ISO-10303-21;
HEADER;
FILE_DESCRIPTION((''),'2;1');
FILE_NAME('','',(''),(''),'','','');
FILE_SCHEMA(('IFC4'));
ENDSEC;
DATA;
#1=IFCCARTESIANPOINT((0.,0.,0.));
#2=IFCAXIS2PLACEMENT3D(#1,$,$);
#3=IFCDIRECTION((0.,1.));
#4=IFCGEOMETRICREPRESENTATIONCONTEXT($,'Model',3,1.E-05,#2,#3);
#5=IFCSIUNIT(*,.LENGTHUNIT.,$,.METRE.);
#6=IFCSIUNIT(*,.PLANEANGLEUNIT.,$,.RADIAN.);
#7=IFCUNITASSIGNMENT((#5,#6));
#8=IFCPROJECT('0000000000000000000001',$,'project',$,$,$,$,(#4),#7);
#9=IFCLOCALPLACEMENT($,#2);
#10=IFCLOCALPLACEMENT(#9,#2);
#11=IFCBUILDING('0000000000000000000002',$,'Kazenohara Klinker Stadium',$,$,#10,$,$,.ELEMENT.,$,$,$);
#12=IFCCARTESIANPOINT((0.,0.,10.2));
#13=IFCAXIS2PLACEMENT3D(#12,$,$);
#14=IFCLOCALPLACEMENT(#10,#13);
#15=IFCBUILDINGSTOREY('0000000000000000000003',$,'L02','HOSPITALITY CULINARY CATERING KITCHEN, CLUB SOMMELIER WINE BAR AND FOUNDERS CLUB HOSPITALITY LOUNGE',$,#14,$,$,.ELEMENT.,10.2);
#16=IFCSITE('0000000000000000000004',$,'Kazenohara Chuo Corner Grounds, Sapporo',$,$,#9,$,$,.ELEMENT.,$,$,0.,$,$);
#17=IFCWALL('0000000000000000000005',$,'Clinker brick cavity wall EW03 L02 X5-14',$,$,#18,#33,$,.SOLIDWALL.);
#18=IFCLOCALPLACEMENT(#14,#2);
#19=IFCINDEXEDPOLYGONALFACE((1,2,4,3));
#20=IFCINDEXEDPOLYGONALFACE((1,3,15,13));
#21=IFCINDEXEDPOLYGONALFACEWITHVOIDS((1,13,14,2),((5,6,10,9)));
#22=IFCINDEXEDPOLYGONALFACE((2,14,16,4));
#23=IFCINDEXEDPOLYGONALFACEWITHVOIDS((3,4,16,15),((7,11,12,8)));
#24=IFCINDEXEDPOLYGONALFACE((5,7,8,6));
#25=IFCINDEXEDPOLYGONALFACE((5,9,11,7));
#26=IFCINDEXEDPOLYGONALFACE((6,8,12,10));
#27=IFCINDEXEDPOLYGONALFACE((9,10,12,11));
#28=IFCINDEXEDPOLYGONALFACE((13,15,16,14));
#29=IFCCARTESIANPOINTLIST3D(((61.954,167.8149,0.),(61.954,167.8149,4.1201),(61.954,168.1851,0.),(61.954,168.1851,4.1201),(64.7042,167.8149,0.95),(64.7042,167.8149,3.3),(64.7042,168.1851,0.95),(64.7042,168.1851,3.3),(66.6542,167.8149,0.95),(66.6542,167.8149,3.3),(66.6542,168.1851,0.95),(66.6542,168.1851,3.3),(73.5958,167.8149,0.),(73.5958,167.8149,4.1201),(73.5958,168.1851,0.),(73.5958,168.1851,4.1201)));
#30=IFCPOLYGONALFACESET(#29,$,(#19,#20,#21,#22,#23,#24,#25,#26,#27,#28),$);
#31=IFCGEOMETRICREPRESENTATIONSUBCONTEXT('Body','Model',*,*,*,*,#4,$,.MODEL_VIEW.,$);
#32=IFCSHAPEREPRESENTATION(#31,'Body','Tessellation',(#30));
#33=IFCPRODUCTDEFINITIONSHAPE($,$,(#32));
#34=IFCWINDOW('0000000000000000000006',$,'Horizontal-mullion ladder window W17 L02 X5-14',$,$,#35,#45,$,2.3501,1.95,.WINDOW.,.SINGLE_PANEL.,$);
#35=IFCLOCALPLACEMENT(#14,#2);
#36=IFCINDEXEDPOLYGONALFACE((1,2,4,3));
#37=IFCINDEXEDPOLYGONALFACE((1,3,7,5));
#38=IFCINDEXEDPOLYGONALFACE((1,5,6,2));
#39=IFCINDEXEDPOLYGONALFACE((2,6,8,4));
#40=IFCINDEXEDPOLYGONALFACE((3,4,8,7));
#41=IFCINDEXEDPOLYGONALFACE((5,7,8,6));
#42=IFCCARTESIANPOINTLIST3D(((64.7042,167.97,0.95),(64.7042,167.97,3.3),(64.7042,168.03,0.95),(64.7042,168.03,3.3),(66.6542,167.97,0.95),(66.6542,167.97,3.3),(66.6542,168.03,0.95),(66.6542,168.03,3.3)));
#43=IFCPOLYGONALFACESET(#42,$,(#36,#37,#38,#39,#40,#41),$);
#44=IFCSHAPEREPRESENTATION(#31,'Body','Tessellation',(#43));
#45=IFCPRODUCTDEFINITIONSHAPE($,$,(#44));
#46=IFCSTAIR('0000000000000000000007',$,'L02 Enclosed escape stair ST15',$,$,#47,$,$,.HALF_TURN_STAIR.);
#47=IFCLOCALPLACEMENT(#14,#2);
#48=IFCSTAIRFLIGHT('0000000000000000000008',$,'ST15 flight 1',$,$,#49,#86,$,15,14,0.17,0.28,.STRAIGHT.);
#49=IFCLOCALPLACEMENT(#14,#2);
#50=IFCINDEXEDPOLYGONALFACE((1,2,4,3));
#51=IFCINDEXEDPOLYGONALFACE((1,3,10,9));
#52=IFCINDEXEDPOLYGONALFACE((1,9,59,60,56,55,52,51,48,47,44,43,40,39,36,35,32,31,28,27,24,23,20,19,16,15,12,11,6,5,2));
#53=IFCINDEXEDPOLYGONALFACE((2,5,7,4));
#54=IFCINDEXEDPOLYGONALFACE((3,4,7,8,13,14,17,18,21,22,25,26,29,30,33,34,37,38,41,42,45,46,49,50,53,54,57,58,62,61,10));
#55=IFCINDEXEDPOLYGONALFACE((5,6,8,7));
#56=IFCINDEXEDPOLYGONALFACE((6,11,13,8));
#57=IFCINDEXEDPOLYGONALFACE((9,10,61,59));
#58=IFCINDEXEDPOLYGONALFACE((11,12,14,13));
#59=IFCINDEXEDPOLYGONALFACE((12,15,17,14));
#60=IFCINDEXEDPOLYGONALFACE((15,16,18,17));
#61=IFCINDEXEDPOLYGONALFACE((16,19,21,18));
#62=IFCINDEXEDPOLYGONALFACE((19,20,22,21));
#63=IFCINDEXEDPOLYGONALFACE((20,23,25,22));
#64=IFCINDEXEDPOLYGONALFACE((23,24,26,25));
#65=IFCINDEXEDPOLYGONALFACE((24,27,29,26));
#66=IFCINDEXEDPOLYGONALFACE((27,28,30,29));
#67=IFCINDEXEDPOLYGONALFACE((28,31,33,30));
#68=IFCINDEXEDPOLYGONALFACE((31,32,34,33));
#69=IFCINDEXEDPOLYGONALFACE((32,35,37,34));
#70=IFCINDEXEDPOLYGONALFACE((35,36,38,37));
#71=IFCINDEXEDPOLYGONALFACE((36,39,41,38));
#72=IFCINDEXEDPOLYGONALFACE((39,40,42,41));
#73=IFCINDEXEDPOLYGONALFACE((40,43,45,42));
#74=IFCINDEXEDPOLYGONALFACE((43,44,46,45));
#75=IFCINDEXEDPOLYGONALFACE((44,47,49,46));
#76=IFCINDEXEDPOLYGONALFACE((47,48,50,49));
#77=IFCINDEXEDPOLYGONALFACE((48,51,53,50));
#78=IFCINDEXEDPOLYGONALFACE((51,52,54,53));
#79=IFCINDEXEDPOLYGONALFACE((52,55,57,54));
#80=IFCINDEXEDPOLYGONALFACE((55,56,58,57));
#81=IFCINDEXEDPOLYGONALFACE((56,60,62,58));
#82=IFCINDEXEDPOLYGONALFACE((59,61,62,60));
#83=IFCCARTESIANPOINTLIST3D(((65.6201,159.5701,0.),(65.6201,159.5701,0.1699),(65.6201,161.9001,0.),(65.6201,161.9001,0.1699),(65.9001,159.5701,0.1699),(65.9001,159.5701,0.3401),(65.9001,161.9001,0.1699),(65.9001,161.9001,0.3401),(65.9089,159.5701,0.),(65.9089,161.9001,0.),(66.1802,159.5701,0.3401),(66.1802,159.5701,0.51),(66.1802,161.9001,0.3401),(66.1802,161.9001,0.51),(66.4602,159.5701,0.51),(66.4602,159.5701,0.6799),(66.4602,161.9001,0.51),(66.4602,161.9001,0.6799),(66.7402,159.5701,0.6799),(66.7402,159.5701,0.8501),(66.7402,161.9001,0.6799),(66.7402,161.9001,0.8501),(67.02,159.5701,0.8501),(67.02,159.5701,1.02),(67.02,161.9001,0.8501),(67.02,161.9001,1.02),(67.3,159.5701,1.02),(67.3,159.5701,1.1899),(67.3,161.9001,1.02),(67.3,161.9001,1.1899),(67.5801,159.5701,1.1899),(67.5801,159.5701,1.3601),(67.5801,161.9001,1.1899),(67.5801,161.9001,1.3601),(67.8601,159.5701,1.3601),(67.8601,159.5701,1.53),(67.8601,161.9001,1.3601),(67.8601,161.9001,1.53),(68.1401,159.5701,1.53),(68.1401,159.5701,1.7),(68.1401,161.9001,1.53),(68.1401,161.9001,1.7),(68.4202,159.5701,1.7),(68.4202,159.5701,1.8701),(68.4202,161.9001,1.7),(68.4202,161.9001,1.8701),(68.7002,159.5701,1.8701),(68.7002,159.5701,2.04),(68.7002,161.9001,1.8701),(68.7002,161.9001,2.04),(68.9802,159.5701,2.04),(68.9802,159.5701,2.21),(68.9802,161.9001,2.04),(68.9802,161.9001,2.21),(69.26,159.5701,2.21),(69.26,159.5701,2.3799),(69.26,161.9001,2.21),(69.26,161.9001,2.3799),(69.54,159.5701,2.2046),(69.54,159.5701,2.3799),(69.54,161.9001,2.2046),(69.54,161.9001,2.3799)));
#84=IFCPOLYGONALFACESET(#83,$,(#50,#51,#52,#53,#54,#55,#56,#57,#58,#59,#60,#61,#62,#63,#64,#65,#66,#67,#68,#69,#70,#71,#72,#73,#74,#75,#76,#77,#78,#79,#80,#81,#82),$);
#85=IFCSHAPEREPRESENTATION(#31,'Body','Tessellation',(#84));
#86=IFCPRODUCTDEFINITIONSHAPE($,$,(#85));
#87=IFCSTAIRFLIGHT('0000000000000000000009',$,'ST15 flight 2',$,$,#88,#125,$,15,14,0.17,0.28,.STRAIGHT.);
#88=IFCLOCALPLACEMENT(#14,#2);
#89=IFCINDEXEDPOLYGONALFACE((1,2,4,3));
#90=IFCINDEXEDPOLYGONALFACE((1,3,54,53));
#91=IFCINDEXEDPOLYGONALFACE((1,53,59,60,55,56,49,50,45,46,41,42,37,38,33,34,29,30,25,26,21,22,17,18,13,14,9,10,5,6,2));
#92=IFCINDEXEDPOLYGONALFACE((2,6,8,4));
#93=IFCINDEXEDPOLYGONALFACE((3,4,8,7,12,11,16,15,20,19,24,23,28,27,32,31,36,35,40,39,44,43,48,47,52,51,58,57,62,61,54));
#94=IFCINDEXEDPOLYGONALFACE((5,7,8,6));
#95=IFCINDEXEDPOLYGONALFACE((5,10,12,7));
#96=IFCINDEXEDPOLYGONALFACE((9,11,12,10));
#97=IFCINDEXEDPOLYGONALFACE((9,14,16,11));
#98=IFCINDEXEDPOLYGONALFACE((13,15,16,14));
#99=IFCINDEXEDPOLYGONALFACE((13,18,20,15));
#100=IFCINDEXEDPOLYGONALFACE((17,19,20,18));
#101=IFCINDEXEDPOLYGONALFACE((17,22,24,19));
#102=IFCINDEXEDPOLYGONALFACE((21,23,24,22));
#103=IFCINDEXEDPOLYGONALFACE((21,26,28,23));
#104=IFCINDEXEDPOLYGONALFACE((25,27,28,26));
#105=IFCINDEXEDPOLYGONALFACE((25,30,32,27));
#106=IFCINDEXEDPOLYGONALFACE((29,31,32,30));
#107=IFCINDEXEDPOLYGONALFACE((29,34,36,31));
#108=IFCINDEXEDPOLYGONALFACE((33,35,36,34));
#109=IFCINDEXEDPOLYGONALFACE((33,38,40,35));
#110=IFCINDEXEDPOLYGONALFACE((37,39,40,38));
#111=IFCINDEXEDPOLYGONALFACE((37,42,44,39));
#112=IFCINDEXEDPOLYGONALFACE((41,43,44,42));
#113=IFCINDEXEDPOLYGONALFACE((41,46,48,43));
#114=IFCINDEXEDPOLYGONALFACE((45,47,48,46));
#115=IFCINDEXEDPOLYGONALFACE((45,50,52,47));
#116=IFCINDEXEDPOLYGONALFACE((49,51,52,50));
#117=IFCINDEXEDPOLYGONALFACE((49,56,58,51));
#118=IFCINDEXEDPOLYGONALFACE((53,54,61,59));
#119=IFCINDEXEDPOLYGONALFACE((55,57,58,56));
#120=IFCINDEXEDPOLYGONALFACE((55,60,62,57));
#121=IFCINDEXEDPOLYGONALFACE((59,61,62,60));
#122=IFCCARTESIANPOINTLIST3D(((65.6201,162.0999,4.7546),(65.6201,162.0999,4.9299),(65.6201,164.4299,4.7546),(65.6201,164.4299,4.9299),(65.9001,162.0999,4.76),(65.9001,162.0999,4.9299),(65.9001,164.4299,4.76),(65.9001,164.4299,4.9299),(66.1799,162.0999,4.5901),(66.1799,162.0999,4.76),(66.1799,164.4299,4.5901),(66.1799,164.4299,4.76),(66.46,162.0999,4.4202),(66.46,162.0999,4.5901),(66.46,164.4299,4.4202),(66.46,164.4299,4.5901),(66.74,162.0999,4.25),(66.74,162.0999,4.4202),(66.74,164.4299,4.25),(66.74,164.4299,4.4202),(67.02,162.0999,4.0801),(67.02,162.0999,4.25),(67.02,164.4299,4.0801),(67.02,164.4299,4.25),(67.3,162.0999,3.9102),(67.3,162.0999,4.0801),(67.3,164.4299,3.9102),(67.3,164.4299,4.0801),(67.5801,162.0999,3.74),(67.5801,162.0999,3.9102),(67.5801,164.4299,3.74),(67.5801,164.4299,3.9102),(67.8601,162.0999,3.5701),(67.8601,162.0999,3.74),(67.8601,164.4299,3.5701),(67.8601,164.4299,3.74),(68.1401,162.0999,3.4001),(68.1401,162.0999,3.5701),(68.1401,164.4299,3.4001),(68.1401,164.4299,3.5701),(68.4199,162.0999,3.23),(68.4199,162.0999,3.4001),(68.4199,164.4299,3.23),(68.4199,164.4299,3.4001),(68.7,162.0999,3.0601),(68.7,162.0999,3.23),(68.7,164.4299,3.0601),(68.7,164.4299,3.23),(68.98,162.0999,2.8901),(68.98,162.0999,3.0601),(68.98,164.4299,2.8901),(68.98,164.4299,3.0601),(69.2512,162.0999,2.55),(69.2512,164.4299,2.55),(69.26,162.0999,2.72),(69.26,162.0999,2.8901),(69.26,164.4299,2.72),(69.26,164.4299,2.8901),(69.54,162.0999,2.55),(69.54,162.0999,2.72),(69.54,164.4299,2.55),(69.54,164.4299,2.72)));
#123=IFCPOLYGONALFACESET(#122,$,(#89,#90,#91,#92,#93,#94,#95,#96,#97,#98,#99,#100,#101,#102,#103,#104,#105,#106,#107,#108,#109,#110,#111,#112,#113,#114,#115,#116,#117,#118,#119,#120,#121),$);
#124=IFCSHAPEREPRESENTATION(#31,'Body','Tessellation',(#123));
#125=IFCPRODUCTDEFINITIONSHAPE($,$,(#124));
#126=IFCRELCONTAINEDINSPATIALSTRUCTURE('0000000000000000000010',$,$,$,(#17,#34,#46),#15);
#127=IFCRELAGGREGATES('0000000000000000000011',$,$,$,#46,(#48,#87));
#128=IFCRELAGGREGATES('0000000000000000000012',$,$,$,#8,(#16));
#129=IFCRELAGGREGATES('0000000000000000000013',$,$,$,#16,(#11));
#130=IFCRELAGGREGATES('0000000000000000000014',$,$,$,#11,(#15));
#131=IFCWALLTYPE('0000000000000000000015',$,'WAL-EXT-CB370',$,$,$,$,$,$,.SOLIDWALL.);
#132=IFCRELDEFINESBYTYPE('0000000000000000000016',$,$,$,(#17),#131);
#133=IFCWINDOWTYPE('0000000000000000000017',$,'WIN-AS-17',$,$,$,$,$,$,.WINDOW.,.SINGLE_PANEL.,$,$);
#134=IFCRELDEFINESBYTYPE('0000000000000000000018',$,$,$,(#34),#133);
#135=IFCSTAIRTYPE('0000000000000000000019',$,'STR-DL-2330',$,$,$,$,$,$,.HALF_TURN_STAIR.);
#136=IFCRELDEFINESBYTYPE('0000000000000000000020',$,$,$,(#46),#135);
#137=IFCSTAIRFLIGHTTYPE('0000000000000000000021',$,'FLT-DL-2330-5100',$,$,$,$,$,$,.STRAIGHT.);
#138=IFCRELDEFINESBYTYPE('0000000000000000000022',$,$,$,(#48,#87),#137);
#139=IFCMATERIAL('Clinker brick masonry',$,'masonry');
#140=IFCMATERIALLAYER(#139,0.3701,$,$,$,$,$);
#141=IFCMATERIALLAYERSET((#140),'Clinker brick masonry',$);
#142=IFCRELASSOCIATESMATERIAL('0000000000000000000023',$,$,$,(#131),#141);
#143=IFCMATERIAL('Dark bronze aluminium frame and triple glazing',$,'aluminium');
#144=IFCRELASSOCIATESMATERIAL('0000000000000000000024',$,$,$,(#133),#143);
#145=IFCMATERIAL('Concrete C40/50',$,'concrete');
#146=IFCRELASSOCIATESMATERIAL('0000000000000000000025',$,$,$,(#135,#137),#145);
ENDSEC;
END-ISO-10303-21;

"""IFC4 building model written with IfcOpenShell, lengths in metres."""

from ifc_helpers import new_model, si_unit, direction, frame, frame_2d, origin, place, context, subcontext, project, spatial, polyline, rectangle, outline, extrude, material, layer, layer_set, type_object, element, fill, aggregate, save


model = new_model("IFC4")

# Units and contexts
model_context = context("Model", 3, precision=1e-05, world=origin(), true_north=direction((0.0, 1.0)))
body_context = subcontext(model_context, "Body", "Model", "MODEL_VIEW")
ifc_project = project(units=[si_unit("LENGTHUNIT", "METRE"), si_unit("PLANEANGLEUNIT", "RADIAN")], contexts=[model_context])

# Site, building, storey
site_placement = place(None, origin())
site = spatial("IfcSite", under=ifc_project, at=site_placement, Name="Kazenohara Chuo Corner Grounds, Sapporo", CompositionType="ELEMENT", RefElevation=0.0)
building_placement = place(site_placement, origin())
building = spatial("IfcBuilding", under=site, at=building_placement, Name="Kazenohara Klinker Stadium", CompositionType="ELEMENT")
storey_placement = place(building_placement, frame((0.0, 0.0, 10.2)))
storey = spatial("IfcBuildingStorey", under=building, at=storey_placement, Name="L02", Description="HOSPITALITY CULINARY CATERING KITCHEN, CLUB SOMMELIER WINE BAR AND FOUNDERS CLUB HOSPITALITY LOUNGE", CompositionType="ELEMENT", Elevation=10.2)

# Shared definitions
ifc_material_1 = material(Name="Concrete C40/50", Category="concrete")

# Wall, opening, window
ifc_material_2 = material(Name="Clinker brick masonry", Category="masonry")
ifc_layer_1 = layer(ifc_material_2, 0.3701)
ifc_layer_set_1 = layer_set([ifc_layer_1], Name="Clinker brick masonry")
wall_type_1 = type_object("IfcWallType", Name="WAL-EXT-CB370", PredefinedType="SOLIDWALL", material=ifc_layer_set_1)
wall_1_placement = place(storey_placement, frame((61.9541, 168.0, 0.0), z_axis=(0.0, 0.0, 1.0), x_axis=(1.0, 0.0, 0.0)))
wall_1 = element("IfcWall", 1, at=wall_1_placement, inside=storey, type_object=wall_type_1, Name="Clinker brick cavity wall EW03 L02 X5-14", PredefinedType="SOLIDWALL", context=body_context, shape_type="SweptSolid", body=[
    extrude(rectangle(XDim=11.6418, YDim=0.3701, at=frame_2d((5.8208, 0.0))), origin(), (0.0, 0.0, 1.0), 4.1201),
])
opening_1_placement = place(wall_1_placement, frame((2.75, 0.0, 0.95)))
opening_1 = element("IfcOpeningElement", 2, at=opening_1_placement, cuts=wall_1, PredefinedType="OPENING", context=body_context, shape_type="SweptSolid", body=[
    extrude(rectangle(XDim=1.95, YDim=2.3501, at=frame_2d((0.9751, 1.175))), frame((0.0, 0.1951, 0.0), z_axis=(0.0, -1.0, 0.0), x_axis=(1.0, 0.0, 0.0)), (0.0, 0.0, 1.0), 0.3901),
])
ifc_material_3 = material(Name="Dark bronze aluminium frame and triple glazing", Category="aluminium")
window_type = type_object("IfcWindowType", Name="WIN-AS-17", PartitioningType="SINGLE_PANEL", PredefinedType="WINDOW", material=ifc_material_3)
window_placement = place(opening_1_placement, origin())
window = element("IfcWindow", 3, at=window_placement, inside=storey, type_object=window_type, Name="Horizontal-mullion ladder window W17 L02 X5-14", OverallHeight=2.3501, OverallWidth=1.95, PartitioningType="SINGLE_PANEL", PredefinedType="WINDOW", context=body_context, shape_type="SweptSolid", body=[
    extrude(rectangle(XDim=1.95, YDim=2.3501, at=frame_2d((0.9751, 1.175))), frame((0.0, 0.03, 0.0), z_axis=(0.0, -1.0, 0.0), x_axis=(1.0, 0.0, 0.0)), (0.0, 0.0, 1.0), 0.0601),
])
fill(opening_1, window)

# Stair, stair flights
stair_type = type_object("IfcStairType", Name="STR-DL-2330", PredefinedType="HALF_TURN_STAIR", material=ifc_material_1)
stair_placement = place(storey_placement, origin())
stair = element("IfcStair", 4, at=stair_placement, inside=storey, type_object=stair_type, Name="L02 Enclosed escape stair ST15", PredefinedType="HALF_TURN_STAIR")
stair_flight_type = type_object("IfcStairFlightType", Name="FLT-DL-2330-5100", PredefinedType="STRAIGHT", material=ifc_material_1)
stair_flight_1_placement = place(storey_placement, frame((65.6201, 160.7351, 0.0), z_axis=(0.0, 0.0, 1.0), x_axis=(1.0, 0.0, 0.0)))
stair_flight_1 = element("IfcStairFlight", 5, at=stair_flight_1_placement, type_object=stair_flight_type, Name="ST15 flight 1", NumberOfRisers=15, NumberOfTreads=14, PredefinedType="STRAIGHT", RiserHeight=0.17, TreadLength=0.28, context=body_context, shape_type="SweptSolid", body=[
    extrude(outline(polyline([(0.0, 0.0), (0.0, 0.1699), (0.28, 0.1699), (0.28, 0.3401), (0.5601, 0.3401), (0.5601, 0.51), (0.8401, 0.51), (0.8401, 0.6799), (1.1201, 0.6799), (1.1201, 0.8501), (1.3999, 0.8501), (1.3999, 1.02), (1.6799, 1.02), (1.6799, 1.1899), (1.96, 1.1899), (1.96, 1.3601), (2.24, 1.3601), (2.24, 1.53), (2.52, 1.53), (2.52, 1.7), (2.8, 1.7), (2.8, 1.8701), (3.0801, 1.8701), (3.0801, 2.04), (3.3601, 2.04), (3.3601, 2.21), (3.6399, 2.21), (3.6399, 2.3799), (3.9199, 2.3799), (3.9199, 2.55), (3.9199, 2.2046), (0.2888, 0.0), (0.0, 0.0)])), frame((0.0, 1.165, 0.0), z_axis=(0.0, -1.0, 0.0), x_axis=(1.0, 0.0, 0.0)), (0.0, 0.0, 1.0), 2.3301),
])
stair_flight_2_placement = place(storey_placement, frame((69.54, 163.2649, 2.55), z_axis=(0.0, 0.0, 1.0), x_axis=(-1.0, 0.0, 0.0)))
stair_flight_2 = element("IfcStairFlight", 6, at=stair_flight_2_placement, type_object=stair_flight_type, Name="ST15 flight 2", NumberOfRisers=15, NumberOfTreads=14, PredefinedType="STRAIGHT", RiserHeight=0.17, TreadLength=0.28, context=body_context, shape_type="SweptSolid", body=[
    extrude(outline(polyline([(0.0, 0.0), (0.0, 0.1699), (0.28, 0.1699), (0.28, 0.3401), (0.5601, 0.3401), (0.5601, 0.51), (0.8401, 0.51), (0.8401, 0.6799), (1.1201, 0.6799), (1.1201, 0.8501), (1.3999, 0.8501), (1.3999, 1.02), (1.6799, 1.02), (1.6799, 1.1899), (1.96, 1.1899), (1.96, 1.3601), (2.24, 1.3601), (2.24, 1.53), (2.52, 1.53), (2.52, 1.7), (2.8, 1.7), (2.8, 1.8701), (3.0801, 1.8701), (3.0801, 2.04), (3.3601, 2.04), (3.3601, 2.21), (3.6399, 2.21), (3.6399, 2.3799), (3.9199, 2.3799), (3.9199, 2.55), (3.9199, 2.2046), (0.2888, 0.0), (0.0, 0.0)])), frame((0.0, 1.165, 0.0), z_axis=(0.0, -1.0, 0.0), x_axis=(1.0, 0.0, 0.0)), (0.0, 0.0, 1.0), 2.3301),
])
aggregate(stair, [stair_flight_1, stair_flight_2])

save(model, "model.ifc")
